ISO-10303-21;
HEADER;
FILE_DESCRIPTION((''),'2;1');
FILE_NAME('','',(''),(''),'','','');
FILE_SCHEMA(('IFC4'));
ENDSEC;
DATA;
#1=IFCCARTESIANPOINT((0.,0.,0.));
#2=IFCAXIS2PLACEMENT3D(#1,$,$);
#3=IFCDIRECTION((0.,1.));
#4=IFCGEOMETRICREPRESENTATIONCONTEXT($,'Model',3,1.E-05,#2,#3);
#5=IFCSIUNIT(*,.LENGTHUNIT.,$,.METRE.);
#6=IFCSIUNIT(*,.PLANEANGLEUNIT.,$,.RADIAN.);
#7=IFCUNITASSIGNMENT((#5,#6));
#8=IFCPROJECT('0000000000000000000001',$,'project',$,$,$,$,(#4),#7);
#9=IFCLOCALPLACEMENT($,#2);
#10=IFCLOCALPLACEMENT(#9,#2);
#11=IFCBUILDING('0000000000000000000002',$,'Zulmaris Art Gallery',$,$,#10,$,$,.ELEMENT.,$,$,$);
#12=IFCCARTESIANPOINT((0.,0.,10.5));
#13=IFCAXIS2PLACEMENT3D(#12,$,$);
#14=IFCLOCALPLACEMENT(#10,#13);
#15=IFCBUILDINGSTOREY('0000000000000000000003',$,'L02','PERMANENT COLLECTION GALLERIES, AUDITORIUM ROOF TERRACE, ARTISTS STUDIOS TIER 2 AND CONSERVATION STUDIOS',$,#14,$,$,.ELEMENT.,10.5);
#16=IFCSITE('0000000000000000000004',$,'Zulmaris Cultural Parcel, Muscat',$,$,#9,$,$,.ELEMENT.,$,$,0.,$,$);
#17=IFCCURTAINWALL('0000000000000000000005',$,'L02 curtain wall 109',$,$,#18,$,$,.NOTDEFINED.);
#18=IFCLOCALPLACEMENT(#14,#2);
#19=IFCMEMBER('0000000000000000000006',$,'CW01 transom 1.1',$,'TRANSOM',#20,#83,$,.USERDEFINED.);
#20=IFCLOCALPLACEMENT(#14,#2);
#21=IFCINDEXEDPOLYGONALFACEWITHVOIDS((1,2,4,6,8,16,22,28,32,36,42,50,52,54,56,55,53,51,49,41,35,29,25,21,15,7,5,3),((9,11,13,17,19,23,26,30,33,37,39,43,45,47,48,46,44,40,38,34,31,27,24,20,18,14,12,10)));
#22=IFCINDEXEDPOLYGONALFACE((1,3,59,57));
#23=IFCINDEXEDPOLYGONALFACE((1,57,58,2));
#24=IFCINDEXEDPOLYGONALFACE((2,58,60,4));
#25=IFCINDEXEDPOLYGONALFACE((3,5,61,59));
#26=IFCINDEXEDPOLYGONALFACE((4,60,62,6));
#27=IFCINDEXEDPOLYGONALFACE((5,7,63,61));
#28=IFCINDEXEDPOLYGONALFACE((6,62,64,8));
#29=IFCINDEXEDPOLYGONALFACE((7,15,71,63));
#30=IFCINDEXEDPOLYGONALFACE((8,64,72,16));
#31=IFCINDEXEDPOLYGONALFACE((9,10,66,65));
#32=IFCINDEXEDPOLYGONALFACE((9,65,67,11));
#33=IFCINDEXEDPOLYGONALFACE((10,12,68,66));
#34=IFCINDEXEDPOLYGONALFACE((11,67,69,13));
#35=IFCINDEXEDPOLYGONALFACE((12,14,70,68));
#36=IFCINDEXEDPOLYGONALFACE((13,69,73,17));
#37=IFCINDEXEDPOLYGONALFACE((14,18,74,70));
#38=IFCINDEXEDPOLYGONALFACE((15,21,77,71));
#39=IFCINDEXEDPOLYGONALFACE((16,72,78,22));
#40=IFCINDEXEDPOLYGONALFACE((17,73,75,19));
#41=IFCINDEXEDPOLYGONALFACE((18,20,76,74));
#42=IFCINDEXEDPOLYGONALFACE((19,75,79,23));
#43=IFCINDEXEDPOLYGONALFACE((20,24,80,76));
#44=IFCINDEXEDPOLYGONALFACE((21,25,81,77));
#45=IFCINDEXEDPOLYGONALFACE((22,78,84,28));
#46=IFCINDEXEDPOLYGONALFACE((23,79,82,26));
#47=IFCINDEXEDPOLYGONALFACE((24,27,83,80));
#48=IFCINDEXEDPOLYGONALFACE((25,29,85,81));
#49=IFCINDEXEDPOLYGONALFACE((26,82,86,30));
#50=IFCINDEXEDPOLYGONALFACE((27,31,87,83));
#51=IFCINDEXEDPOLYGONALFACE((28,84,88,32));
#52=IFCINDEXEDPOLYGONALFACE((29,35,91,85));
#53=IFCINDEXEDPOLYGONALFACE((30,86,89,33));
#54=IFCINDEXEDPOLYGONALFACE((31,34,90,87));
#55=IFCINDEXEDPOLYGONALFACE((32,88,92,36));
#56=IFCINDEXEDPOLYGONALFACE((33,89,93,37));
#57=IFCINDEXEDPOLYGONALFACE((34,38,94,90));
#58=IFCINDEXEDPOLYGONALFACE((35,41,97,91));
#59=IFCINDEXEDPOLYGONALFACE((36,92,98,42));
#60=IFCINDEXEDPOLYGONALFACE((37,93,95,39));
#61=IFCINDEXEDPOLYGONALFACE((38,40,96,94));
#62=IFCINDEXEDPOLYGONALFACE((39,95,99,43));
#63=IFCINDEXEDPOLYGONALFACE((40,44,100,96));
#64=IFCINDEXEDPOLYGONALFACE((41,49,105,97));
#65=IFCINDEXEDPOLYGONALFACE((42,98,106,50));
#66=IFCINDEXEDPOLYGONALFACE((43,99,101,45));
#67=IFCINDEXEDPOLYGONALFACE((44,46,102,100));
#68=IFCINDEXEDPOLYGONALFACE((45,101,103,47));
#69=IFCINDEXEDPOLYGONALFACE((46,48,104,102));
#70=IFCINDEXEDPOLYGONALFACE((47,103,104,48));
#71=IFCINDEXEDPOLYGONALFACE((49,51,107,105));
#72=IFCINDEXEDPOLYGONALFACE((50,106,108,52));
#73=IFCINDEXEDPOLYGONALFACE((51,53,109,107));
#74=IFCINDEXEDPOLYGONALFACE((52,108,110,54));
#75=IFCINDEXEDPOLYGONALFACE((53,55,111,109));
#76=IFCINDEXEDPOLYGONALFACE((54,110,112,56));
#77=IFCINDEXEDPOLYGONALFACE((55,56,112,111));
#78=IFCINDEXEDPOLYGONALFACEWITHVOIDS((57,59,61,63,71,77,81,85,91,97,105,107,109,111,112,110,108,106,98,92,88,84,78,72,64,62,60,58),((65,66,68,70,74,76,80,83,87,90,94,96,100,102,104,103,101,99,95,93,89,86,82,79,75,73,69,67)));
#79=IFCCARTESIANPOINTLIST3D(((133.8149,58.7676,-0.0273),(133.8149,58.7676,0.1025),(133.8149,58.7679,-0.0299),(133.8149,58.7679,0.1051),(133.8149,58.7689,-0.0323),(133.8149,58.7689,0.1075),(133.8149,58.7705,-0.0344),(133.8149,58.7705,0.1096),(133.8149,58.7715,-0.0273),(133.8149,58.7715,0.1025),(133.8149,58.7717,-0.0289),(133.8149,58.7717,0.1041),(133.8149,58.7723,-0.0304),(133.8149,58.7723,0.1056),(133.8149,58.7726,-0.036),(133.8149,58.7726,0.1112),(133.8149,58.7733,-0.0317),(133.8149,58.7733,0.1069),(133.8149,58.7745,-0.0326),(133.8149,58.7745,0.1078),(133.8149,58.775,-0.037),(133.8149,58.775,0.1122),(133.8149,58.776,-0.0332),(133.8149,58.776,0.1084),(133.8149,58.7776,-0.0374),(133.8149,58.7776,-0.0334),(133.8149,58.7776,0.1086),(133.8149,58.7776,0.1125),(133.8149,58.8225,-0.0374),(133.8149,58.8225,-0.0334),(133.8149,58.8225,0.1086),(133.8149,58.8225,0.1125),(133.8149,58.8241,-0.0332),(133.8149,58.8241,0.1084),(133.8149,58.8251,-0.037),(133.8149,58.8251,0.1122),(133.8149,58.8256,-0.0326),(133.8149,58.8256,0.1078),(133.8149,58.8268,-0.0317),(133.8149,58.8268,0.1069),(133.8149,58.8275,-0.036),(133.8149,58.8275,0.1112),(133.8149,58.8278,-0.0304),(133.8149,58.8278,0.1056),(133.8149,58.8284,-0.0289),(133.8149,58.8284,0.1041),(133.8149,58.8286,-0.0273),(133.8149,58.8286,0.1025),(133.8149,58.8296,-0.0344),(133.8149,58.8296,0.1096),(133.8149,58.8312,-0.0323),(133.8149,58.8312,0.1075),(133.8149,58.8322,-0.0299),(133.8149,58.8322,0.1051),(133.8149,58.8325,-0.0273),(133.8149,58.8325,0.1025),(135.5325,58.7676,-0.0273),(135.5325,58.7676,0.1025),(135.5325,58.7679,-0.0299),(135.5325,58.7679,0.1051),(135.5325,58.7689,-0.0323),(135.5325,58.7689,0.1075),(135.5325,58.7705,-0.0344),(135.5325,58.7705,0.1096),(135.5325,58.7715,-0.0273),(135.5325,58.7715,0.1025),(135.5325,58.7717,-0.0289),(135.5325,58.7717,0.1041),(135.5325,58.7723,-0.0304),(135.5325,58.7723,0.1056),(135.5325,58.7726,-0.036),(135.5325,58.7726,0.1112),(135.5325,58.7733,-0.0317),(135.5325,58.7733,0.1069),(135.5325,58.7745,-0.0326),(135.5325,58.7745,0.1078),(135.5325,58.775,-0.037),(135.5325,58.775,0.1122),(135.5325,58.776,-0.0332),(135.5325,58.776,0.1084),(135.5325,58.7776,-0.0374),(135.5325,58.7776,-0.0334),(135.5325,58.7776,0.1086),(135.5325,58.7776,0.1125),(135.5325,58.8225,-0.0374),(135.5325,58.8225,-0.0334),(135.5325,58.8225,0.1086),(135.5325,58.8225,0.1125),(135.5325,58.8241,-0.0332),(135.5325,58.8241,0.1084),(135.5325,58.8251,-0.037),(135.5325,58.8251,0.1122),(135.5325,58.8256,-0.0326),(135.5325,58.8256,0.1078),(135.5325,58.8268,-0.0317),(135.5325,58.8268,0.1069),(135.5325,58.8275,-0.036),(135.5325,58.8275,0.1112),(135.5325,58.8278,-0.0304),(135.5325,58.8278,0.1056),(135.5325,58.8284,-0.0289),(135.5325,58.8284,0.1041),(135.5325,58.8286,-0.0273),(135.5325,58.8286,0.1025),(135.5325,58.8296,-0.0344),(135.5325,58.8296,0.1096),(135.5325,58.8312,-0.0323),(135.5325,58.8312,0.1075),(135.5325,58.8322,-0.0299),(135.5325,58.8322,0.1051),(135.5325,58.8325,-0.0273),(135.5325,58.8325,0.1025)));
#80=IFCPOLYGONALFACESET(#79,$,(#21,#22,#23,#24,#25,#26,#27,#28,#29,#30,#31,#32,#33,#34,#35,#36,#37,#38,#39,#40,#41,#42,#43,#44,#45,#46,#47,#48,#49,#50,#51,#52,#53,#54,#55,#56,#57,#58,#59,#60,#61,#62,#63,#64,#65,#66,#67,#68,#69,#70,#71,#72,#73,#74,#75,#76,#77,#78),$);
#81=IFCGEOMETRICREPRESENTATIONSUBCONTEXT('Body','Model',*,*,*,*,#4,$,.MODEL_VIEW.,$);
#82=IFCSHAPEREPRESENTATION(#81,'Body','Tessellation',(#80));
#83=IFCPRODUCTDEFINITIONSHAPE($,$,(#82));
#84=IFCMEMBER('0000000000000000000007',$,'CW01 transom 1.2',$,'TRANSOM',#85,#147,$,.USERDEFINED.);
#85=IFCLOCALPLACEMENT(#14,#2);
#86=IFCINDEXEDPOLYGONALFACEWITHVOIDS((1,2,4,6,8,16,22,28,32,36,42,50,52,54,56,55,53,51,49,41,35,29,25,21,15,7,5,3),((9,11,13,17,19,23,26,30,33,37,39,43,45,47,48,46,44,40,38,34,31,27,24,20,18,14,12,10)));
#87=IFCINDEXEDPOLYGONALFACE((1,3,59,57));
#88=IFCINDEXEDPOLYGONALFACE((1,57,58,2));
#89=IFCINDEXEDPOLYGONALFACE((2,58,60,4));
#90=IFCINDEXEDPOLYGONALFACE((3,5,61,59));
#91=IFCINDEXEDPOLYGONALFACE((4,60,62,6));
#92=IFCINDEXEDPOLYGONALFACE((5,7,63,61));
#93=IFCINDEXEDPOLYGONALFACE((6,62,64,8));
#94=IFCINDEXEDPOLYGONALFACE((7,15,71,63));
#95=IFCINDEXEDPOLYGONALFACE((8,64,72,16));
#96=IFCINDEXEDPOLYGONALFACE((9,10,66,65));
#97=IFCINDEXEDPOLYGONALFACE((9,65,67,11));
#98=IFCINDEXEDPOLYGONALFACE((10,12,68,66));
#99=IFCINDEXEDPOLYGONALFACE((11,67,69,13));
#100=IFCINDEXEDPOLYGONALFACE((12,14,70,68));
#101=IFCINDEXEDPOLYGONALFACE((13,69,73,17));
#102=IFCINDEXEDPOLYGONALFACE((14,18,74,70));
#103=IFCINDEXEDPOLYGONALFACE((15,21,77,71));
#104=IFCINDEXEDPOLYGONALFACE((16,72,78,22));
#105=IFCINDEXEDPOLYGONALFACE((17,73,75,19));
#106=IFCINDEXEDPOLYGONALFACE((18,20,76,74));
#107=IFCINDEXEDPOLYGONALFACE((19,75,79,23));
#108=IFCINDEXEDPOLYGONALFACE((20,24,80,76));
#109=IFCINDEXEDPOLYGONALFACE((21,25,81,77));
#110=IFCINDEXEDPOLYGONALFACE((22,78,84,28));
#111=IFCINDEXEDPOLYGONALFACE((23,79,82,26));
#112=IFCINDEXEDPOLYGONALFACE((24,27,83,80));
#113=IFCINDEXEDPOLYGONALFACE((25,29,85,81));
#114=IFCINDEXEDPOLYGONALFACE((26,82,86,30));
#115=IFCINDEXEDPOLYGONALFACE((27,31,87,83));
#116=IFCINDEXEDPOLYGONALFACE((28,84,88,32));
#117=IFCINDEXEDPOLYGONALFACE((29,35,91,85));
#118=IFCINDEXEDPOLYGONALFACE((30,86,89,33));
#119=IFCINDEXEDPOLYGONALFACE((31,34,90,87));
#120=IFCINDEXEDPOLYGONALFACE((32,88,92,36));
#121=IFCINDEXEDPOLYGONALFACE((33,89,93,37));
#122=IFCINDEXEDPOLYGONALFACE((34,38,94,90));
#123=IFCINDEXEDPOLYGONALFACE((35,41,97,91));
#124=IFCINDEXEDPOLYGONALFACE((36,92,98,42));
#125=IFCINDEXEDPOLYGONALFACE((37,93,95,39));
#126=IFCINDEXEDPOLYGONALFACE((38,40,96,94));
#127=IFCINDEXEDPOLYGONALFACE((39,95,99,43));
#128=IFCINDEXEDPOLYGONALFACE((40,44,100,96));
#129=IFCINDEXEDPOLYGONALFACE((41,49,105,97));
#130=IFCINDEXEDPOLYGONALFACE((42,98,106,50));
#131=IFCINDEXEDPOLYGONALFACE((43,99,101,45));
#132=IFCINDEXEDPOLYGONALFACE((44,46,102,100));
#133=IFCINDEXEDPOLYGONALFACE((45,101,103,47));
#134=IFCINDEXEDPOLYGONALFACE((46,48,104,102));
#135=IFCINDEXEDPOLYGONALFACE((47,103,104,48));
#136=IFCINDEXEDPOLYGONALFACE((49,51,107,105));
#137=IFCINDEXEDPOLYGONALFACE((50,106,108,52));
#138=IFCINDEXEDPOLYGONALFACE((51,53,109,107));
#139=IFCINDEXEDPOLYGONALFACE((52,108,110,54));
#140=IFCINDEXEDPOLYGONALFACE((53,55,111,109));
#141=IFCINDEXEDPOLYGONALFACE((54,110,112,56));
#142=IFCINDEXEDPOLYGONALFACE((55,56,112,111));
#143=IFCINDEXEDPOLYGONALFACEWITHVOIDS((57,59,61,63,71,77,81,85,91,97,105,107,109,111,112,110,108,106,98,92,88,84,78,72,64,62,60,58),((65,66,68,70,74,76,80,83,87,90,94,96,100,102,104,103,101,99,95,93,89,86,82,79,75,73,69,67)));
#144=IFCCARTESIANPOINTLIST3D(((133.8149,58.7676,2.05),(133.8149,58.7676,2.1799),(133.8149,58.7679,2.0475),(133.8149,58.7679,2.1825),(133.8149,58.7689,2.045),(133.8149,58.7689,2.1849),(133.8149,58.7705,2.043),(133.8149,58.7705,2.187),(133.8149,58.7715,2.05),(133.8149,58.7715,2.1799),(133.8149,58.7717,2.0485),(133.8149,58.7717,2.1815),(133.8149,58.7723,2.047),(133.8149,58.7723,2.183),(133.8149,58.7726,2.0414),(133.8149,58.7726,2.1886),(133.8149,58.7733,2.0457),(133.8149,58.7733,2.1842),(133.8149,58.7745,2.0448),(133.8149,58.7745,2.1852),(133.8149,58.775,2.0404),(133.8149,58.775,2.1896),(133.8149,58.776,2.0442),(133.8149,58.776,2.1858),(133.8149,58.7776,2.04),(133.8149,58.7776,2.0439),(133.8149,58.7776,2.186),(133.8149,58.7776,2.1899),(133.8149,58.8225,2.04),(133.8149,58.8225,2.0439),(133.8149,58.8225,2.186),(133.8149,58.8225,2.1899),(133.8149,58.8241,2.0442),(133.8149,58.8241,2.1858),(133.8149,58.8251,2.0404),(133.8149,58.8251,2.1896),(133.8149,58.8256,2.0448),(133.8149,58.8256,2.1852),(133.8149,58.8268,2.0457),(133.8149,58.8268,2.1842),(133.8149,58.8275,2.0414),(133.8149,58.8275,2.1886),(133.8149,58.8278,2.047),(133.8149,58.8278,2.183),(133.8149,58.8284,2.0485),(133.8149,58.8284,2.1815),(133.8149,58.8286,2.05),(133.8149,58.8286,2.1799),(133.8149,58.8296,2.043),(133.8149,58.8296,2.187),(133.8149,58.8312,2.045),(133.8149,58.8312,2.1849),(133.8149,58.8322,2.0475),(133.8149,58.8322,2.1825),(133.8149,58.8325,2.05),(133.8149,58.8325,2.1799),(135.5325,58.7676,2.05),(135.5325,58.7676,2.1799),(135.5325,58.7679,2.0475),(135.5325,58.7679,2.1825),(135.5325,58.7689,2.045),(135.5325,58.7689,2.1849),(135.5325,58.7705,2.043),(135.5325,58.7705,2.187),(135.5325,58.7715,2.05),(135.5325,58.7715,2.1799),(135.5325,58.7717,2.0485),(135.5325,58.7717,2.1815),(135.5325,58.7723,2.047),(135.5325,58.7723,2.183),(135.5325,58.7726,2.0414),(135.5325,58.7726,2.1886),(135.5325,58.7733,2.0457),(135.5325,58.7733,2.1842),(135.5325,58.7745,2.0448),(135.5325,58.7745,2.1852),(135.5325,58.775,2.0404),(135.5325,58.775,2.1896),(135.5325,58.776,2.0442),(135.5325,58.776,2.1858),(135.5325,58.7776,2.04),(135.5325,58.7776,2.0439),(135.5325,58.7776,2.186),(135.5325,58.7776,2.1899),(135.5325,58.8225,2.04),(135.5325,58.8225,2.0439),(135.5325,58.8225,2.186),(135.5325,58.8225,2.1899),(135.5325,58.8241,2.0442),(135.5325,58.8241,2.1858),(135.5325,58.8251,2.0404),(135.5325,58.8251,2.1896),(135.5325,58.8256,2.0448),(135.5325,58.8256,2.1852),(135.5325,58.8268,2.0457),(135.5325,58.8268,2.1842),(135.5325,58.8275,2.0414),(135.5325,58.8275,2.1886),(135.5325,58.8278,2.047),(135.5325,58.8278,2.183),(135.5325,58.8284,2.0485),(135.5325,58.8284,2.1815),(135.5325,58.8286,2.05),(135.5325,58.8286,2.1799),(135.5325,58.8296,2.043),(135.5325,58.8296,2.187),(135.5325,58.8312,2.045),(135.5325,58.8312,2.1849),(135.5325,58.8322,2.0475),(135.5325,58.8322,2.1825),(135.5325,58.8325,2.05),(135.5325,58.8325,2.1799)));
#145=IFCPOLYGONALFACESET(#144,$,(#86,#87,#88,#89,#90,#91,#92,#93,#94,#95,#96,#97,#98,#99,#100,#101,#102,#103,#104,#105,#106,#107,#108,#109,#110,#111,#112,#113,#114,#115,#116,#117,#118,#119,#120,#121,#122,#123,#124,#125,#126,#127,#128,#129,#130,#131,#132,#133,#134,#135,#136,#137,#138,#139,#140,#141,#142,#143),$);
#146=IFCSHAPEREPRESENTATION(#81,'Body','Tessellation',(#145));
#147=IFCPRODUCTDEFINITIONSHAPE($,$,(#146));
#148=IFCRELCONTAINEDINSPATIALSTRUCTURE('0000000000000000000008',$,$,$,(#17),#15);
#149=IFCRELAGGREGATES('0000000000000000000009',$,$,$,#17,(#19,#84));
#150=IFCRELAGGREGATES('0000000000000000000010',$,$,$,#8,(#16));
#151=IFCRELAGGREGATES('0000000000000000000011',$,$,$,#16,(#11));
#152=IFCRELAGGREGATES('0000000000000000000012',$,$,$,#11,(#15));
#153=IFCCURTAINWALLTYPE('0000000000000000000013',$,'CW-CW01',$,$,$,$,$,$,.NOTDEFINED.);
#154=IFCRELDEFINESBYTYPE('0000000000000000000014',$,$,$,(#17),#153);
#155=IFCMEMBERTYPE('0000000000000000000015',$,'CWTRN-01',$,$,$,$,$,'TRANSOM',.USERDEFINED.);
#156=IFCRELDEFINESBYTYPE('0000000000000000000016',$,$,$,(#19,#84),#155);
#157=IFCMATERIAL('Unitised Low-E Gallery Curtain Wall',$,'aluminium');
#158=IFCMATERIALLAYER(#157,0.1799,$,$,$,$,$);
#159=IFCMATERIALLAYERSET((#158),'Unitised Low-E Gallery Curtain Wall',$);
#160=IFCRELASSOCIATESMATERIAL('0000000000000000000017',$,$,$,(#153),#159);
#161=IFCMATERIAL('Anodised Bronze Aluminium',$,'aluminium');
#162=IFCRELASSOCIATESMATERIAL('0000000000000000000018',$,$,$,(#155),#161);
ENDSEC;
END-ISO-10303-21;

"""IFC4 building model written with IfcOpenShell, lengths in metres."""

from ifc_helpers import new_model, si_unit, direction, frame, origin, origin_2d, place, context, subcontext, project, spatial, hollow_rectangle, extrude, material, layer, layer_set, material_profile, profile_set, type_object, element, aggregate, save


model = new_model("IFC4")

# Units and contexts
model_context = context("Model", 3, precision=1e-05, world=origin(), true_north=direction((0.0, 1.0)))
body_context = subcontext(model_context, "Body", "Model", "MODEL_VIEW")
ifc_project = project(units=[si_unit("LENGTHUNIT", "METRE"), si_unit("PLANEANGLEUNIT", "RADIAN")], contexts=[model_context])

# Site, building, storey
site_placement = place(None, origin())
site = spatial("IfcSite", under=ifc_project, at=site_placement, Name="Zulmaris Cultural Parcel, Muscat", CompositionType="ELEMENT", RefElevation=0.0)
building_placement = place(site_placement, origin())
building = spatial("IfcBuilding", under=site, at=building_placement, Name="Zulmaris Art Gallery", CompositionType="ELEMENT")
storey_placement = place(building_placement, frame((0.0, 0.0, 10.5)))
storey = spatial("IfcBuildingStorey", under=building, at=storey_placement, Name="L02", Description="PERMANENT COLLECTION GALLERIES, AUDITORIUM ROOF TERRACE, ARTISTS STUDIOS TIER 2 AND CONSERVATION STUDIOS", CompositionType="ELEMENT", Elevation=10.5)

# Shared definitions
ifc_material_1 = material(Name="Unitised Low-E Gallery Curtain Wall", Category="aluminium")
ifc_layer_1 = layer(ifc_material_1, 0.1799)
ifc_layer_set_1 = layer_set([ifc_layer_1], Name="Unitised Low-E Gallery Curtain Wall")
curtain_wall_type = type_object("IfcCurtainWallType", Name="CW-CW01", PredefinedType="NOTDEFINED", material=ifc_layer_set_1)
ifc_material_2 = material(Name="Anodised Bronze Aluminium", Category="aluminium")

# Curtain wall
curtain_wall_1_placement = place(storey_placement, origin())
curtain_wall_1 = element("IfcCurtainWall", 1, at=curtain_wall_1_placement, inside=storey, type_object=curtain_wall_type, Name="L02 curtain wall 109", PredefinedType="NOTDEFINED")

# Members
ifc_material_profile_1 = material_profile(ifc_material_2, hollow_rectangle(XDim=0.0649, YDim=0.1499, WallThickness=0.0039, InnerFilletRadius=0.0061, OuterFilletRadius=0.01, at=origin_2d()), Name="ALU 65x150x4")
ifc_profile_set_1 = profile_set([ifc_material_profile_1], Name="Anodised Bronze Aluminium")
member_type_1 = type_object("IfcMemberType", Name="CWTRN-01", ElementType="TRANSOM", PredefinedType="USERDEFINED", material=ifc_profile_set_1)
member_1_placement = place(storey_placement, frame((133.8149, 58.8, 0.0376), z_axis=(1.0, 0.0, 0.0), x_axis=(0.0, 1.0, 0.0)))
member_1 = element("IfcMember", 2, at=member_1_placement, type_object=member_type_1, Name="CW01 transom 1.1", ObjectType="TRANSOM", PredefinedType="USERDEFINED", context=body_context, shape_type="SweptSolid", body=[
    extrude(hollow_rectangle(XDim=0.0649, YDim=0.1499, WallThickness=0.0039, InnerFilletRadius=0.0061, OuterFilletRadius=0.01, at=origin_2d()), origin(), (0.0, 0.0, 1.0), 1.7175),
])
member_2_placement = place(storey_placement, frame((133.8149, 58.8, 2.115), z_axis=(1.0, 0.0, 0.0), x_axis=(0.0, 1.0, 0.0)))
member_2 = element("IfcMember", 3, at=member_2_placement, type_object=member_type_1, Name="CW01 transom 1.2", ObjectType="TRANSOM", PredefinedType="USERDEFINED", context=body_context, shape_type="SweptSolid", body=[
    extrude(hollow_rectangle(XDim=0.0649, YDim=0.1499, WallThickness=0.0039, InnerFilletRadius=0.0061, OuterFilletRadius=0.01, at=origin_2d()), origin(), (0.0, 0.0, 1.0), 1.7175),
])

aggregate(curtain_wall_1, [member_1, member_2])

save(model, "model.ifc")
